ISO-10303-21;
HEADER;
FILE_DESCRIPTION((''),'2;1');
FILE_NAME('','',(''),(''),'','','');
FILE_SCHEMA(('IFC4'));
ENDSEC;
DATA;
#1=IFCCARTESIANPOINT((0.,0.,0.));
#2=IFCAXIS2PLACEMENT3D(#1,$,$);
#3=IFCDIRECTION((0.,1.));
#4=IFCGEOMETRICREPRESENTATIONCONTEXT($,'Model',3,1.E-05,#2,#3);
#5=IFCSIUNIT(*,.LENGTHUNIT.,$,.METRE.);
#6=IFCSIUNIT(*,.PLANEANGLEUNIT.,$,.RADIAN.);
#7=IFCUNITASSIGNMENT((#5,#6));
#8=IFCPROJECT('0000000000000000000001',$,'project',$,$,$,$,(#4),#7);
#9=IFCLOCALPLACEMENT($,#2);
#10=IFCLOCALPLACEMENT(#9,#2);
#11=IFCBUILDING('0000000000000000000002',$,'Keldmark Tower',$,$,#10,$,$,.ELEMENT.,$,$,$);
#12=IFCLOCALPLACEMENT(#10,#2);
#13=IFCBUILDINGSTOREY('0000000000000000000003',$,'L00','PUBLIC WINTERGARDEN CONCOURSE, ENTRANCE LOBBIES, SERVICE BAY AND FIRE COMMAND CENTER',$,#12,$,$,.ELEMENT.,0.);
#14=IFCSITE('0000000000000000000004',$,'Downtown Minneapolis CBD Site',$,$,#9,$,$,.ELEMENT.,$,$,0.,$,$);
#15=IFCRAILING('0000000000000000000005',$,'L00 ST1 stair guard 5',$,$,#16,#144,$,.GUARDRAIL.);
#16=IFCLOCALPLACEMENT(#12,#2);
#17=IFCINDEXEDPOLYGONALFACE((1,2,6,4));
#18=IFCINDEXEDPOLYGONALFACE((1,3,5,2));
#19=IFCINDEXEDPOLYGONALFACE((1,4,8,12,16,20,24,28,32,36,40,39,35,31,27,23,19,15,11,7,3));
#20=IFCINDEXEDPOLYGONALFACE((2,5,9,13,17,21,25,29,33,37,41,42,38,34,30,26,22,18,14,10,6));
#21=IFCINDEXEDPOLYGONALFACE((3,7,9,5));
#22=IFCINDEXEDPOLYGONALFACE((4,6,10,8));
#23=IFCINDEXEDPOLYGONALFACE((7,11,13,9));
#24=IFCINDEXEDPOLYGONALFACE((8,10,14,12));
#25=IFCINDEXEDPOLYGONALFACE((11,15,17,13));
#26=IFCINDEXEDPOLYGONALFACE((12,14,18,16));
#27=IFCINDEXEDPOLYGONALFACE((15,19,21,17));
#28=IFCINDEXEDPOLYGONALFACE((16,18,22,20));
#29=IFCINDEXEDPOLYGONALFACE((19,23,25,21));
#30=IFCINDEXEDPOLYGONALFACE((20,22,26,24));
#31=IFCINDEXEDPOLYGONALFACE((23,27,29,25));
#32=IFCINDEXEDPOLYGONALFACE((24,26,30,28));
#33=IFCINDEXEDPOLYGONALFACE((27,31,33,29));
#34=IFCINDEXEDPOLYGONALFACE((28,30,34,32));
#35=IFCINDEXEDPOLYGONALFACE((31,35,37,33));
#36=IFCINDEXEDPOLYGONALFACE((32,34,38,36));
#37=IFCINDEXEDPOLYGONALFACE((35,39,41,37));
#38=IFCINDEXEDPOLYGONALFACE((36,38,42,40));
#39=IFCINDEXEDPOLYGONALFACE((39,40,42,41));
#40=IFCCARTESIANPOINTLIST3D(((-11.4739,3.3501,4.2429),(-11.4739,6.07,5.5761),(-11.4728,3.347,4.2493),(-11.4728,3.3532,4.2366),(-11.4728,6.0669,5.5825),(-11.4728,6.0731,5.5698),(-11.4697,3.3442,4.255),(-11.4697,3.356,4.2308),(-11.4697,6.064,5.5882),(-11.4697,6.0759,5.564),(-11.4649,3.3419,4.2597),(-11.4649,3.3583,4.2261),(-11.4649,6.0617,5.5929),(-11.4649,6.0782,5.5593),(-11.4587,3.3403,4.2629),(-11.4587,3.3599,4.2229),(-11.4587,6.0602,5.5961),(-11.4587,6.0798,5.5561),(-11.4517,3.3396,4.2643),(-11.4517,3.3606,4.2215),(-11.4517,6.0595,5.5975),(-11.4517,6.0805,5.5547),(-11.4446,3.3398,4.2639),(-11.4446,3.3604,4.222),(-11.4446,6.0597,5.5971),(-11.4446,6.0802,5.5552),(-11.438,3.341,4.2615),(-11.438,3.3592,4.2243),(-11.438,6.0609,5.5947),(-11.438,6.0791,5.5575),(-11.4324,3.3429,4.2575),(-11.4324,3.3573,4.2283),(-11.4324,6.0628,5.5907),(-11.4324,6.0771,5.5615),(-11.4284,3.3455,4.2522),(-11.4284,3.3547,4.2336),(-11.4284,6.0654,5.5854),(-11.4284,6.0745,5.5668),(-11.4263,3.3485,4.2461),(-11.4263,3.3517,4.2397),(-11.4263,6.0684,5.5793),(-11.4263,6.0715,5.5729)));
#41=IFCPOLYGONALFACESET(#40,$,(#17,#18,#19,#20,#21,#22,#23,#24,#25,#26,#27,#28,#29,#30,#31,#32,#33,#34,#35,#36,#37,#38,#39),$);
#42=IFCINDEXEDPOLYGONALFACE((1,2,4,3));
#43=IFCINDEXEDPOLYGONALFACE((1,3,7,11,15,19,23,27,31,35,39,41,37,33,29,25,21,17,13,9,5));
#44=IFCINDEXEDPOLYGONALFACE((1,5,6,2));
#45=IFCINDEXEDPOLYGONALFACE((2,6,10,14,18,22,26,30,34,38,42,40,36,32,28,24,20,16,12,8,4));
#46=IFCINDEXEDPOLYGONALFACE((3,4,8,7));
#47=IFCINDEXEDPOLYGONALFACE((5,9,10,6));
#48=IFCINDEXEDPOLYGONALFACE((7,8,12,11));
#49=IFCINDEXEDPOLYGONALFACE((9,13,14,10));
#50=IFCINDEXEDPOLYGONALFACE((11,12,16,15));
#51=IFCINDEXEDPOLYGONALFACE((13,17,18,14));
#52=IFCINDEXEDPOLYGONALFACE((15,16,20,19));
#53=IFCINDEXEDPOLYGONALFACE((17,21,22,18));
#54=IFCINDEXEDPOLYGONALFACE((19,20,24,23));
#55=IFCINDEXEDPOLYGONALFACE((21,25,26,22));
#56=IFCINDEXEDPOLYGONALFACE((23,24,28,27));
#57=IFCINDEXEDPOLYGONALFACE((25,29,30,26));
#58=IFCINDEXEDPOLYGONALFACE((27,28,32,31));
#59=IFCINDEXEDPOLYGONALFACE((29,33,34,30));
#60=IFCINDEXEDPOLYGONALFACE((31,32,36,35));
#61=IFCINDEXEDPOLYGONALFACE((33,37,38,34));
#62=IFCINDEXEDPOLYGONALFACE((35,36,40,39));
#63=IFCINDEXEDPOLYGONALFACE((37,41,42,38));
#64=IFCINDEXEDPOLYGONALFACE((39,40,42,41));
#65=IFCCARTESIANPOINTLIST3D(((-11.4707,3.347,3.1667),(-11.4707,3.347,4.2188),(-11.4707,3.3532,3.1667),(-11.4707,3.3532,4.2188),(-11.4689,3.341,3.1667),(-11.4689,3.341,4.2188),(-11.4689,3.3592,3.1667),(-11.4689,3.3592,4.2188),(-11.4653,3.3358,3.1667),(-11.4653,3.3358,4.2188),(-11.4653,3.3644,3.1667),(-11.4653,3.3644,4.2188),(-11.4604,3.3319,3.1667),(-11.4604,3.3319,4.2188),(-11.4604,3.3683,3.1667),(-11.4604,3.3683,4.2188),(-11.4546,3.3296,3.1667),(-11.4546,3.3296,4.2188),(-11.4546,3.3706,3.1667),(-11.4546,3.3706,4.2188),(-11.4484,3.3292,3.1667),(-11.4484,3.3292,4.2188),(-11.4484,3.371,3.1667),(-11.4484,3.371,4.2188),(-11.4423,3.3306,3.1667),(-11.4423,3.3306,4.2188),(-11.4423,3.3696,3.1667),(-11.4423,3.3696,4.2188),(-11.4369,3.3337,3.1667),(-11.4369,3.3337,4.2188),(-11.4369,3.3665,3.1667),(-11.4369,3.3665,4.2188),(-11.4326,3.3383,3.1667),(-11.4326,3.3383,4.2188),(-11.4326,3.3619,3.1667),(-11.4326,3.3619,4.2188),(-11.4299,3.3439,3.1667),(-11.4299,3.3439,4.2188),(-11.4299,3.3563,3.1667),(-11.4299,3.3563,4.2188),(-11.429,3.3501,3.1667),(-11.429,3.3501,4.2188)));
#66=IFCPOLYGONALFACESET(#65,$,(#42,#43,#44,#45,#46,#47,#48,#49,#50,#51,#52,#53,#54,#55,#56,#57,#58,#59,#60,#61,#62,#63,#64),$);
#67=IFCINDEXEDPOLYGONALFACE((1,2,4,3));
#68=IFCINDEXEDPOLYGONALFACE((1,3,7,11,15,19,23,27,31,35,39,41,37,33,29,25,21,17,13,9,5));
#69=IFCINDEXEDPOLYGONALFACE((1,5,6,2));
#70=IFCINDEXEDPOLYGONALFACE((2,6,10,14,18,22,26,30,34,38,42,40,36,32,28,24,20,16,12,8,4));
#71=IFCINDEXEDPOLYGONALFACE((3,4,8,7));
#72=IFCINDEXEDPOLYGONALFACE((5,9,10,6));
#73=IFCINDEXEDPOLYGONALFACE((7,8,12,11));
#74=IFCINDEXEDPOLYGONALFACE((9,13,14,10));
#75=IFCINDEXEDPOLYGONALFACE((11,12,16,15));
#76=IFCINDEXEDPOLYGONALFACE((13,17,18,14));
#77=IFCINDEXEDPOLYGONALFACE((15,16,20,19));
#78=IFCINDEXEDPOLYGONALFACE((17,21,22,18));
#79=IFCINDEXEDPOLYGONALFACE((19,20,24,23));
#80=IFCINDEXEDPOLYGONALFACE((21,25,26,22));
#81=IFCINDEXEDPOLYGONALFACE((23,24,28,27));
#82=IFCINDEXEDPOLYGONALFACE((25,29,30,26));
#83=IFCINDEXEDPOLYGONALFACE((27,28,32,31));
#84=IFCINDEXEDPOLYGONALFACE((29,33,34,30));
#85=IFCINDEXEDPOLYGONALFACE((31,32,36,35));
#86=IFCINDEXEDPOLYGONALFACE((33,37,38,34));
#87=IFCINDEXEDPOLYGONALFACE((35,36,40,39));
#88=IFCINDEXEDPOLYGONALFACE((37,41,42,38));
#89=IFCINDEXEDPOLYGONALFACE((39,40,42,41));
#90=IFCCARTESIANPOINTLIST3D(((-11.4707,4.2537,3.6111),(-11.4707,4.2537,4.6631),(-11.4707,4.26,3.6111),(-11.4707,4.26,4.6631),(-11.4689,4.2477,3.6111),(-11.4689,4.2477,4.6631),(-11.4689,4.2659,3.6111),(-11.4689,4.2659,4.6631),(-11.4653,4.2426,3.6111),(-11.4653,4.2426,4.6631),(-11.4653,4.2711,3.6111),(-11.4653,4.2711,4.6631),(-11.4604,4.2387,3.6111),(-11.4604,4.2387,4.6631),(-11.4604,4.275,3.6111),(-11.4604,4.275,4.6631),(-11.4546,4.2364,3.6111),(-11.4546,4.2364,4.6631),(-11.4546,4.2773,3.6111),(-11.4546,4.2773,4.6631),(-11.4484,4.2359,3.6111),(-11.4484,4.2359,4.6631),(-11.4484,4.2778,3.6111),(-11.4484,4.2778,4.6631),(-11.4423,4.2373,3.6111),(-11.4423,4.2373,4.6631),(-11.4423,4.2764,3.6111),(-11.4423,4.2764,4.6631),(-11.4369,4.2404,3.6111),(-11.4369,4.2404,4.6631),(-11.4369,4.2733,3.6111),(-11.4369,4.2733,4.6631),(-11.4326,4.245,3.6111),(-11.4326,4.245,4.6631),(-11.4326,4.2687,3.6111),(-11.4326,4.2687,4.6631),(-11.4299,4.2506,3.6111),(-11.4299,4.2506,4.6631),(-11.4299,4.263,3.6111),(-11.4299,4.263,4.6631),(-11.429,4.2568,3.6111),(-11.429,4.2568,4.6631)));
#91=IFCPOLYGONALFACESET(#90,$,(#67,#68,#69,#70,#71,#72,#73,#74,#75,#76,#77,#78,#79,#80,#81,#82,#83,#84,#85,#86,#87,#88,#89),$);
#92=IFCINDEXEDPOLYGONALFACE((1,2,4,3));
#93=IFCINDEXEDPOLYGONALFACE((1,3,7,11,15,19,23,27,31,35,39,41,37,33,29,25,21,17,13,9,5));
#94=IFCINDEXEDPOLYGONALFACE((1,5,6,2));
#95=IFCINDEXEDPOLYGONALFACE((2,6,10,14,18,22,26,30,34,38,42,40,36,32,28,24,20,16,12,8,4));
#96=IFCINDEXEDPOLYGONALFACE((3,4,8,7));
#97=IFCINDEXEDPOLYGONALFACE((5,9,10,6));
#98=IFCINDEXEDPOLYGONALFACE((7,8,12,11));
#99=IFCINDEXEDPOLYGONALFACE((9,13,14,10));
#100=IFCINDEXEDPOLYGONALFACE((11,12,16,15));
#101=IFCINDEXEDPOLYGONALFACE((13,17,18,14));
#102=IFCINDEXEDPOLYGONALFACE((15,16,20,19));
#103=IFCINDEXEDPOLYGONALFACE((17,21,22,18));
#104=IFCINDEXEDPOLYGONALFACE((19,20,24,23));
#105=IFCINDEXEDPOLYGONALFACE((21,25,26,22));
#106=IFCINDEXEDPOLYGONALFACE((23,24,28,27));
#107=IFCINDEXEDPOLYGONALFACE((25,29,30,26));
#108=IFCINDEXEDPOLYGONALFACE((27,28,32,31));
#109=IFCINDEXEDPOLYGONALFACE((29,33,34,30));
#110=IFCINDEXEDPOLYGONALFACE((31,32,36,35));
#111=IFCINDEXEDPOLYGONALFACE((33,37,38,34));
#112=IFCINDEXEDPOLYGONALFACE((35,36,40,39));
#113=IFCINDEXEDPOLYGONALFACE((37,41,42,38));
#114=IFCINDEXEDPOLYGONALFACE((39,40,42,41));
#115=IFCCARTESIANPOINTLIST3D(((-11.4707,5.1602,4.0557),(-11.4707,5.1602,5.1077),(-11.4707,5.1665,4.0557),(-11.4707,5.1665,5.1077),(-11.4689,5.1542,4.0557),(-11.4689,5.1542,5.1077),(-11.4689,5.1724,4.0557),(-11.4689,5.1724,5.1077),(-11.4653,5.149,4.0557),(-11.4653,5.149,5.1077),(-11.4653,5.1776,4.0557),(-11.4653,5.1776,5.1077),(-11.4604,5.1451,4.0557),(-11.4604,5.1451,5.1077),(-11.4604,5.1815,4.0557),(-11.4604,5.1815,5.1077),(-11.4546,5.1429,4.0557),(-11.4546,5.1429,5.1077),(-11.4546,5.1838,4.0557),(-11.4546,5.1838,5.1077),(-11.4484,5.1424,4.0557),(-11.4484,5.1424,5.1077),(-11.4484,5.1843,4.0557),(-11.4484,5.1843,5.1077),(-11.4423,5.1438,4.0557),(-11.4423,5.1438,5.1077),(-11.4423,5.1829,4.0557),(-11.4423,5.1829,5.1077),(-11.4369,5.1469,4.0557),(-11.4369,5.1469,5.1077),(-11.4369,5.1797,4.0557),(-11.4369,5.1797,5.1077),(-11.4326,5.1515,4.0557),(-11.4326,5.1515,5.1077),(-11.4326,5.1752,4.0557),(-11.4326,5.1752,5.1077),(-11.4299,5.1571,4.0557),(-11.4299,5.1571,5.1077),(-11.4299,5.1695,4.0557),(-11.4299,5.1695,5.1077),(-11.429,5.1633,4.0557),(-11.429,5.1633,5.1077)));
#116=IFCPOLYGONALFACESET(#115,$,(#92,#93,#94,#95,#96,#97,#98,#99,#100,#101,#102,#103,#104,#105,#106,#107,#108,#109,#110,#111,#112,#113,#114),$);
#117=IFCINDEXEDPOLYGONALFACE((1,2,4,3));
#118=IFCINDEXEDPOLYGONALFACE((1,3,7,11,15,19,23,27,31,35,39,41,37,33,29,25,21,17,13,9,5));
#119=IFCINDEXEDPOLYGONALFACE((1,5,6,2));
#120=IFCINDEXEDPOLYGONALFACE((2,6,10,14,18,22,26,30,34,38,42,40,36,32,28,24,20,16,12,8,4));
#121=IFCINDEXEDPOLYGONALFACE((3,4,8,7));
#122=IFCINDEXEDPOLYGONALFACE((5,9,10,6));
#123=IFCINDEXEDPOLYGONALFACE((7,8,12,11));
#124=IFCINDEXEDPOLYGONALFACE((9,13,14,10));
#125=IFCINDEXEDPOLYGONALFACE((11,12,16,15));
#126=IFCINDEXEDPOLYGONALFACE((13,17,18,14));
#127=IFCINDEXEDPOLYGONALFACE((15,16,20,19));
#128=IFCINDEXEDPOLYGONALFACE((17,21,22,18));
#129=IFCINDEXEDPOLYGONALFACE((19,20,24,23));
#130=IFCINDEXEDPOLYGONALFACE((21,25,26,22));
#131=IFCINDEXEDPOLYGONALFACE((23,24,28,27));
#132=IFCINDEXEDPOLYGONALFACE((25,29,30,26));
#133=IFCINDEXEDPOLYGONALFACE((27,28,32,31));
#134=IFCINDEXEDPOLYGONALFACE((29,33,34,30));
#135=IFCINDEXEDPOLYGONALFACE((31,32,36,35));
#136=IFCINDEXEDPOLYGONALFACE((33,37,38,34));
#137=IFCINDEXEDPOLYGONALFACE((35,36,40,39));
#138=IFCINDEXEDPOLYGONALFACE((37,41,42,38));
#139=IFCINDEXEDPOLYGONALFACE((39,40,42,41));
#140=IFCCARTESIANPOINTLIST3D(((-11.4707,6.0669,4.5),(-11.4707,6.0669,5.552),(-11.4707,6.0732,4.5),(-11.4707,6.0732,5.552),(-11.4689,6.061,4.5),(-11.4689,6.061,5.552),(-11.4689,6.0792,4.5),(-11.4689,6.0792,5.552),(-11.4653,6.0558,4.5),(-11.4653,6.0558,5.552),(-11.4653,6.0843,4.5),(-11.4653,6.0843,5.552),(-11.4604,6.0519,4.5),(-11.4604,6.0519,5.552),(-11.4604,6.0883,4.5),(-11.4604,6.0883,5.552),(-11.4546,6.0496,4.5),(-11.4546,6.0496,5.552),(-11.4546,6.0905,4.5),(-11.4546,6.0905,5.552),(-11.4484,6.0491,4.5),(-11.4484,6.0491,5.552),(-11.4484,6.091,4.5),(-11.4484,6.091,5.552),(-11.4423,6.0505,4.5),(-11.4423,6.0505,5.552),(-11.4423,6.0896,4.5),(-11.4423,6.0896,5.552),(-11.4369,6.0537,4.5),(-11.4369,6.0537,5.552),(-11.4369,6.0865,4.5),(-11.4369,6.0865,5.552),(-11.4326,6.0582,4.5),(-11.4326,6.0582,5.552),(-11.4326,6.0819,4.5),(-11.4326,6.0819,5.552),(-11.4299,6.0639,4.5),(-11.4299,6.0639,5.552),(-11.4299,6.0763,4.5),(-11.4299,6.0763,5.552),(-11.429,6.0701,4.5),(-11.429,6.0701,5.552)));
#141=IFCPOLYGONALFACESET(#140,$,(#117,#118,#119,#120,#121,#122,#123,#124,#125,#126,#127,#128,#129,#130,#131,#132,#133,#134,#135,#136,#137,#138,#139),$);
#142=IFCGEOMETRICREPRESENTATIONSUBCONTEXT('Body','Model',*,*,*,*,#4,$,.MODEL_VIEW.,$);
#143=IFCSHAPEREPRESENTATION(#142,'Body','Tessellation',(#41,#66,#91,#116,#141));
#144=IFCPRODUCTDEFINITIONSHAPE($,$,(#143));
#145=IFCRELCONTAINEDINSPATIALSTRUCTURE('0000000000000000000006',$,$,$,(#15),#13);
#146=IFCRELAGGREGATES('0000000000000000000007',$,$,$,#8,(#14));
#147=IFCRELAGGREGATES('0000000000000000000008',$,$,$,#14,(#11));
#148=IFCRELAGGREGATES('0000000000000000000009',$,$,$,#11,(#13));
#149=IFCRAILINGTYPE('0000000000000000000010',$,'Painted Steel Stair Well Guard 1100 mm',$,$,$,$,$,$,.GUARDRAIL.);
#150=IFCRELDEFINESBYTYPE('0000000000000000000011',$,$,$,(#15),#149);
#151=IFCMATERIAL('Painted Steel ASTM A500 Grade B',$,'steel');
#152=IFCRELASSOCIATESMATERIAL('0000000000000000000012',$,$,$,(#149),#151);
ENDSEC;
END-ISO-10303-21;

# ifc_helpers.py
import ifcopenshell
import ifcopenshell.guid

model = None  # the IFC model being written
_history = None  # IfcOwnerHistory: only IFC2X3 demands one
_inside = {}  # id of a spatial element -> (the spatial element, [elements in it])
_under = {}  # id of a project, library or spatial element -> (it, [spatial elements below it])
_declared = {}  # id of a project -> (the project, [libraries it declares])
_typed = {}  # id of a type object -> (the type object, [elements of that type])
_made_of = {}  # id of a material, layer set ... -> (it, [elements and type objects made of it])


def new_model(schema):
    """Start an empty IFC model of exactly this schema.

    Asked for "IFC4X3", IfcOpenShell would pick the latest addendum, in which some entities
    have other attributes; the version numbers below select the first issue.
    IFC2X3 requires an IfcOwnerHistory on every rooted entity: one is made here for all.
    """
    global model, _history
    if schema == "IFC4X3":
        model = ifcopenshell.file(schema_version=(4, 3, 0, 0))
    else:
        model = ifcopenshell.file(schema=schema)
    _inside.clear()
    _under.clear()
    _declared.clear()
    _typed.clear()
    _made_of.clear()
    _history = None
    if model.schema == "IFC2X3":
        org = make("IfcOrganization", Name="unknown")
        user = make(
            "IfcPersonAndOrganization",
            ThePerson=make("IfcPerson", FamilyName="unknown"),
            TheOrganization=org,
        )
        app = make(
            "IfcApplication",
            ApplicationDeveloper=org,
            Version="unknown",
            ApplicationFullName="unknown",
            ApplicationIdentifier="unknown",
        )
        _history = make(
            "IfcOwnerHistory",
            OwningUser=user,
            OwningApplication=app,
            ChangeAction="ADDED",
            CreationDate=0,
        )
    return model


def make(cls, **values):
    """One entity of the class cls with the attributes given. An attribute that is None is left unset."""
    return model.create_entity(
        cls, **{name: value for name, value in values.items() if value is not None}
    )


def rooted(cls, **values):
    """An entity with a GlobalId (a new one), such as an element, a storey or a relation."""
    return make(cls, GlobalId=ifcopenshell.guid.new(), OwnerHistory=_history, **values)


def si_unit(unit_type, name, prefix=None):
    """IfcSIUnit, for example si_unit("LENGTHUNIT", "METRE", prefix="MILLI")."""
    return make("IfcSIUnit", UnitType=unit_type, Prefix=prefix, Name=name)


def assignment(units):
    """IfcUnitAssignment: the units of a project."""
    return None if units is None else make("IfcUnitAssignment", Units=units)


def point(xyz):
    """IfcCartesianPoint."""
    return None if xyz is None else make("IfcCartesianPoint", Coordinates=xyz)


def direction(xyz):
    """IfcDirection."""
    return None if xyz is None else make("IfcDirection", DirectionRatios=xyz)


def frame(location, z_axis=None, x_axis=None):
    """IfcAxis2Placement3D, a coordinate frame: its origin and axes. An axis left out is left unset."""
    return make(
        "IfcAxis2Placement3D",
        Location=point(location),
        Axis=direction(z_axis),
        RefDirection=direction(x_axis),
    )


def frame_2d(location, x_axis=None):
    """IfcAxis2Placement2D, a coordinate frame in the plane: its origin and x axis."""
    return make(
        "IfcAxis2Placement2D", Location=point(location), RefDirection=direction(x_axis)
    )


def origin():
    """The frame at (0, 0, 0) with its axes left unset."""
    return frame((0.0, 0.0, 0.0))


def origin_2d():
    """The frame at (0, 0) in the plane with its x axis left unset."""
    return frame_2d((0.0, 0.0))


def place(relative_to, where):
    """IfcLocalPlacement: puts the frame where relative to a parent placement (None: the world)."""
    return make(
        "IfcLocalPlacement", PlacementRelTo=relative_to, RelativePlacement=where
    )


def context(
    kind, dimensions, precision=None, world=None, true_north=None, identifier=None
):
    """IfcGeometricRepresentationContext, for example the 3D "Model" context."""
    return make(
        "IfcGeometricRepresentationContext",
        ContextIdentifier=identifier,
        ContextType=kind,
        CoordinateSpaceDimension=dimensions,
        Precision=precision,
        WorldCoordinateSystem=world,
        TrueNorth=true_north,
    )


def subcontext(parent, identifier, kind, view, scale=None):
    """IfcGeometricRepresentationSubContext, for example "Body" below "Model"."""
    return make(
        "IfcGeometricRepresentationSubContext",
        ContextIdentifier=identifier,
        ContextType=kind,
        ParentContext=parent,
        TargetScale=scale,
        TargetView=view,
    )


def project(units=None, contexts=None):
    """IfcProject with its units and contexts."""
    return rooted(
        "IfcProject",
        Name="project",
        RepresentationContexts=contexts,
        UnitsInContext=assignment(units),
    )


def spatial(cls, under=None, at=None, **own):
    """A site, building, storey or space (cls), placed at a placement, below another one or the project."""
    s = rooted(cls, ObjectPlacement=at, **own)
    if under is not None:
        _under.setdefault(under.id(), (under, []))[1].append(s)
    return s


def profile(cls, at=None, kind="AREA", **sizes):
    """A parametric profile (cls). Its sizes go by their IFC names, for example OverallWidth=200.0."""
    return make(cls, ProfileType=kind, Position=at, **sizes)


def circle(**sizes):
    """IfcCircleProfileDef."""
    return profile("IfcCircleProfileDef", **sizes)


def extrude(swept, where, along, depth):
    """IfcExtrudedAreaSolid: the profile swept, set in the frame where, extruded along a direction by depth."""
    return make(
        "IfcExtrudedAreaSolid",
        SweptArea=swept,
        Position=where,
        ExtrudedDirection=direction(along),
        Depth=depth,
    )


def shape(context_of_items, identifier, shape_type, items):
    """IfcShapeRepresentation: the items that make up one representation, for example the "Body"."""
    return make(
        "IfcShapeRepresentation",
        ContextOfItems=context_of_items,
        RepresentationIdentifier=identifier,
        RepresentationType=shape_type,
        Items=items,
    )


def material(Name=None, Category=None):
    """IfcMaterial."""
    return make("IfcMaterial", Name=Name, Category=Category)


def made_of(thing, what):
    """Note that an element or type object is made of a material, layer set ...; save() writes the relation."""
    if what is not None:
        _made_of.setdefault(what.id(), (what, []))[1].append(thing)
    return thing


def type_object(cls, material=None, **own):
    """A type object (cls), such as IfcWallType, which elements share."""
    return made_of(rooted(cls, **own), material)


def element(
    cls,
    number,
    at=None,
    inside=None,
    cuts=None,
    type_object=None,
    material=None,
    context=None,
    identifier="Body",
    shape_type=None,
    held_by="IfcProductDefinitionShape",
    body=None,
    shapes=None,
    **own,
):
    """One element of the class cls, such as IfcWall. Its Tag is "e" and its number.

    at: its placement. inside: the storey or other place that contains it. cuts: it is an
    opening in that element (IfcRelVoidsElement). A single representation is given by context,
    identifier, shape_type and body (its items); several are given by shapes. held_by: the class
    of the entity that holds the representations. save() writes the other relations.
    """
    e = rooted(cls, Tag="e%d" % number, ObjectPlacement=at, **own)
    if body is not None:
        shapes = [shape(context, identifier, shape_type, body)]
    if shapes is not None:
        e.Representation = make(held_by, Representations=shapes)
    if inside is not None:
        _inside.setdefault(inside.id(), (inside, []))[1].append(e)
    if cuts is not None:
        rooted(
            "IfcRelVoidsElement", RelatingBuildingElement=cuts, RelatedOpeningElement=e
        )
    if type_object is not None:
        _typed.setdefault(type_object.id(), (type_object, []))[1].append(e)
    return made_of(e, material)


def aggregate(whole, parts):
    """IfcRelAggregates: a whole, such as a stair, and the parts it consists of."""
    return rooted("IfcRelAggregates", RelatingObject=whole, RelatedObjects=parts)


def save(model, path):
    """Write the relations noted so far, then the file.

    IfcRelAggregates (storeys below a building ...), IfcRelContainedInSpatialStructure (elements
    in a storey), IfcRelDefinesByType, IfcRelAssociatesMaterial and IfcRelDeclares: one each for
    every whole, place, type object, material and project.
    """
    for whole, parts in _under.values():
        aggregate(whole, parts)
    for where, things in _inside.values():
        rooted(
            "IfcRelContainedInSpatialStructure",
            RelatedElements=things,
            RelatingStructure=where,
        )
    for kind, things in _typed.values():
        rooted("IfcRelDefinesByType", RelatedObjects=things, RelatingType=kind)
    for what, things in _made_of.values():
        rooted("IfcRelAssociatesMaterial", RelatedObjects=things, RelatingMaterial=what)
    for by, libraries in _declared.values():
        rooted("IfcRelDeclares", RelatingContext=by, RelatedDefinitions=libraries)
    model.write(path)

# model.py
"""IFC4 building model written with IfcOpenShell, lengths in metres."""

from ifc_helpers import new_model, si_unit, direction, frame, origin, origin_2d, place, context, subcontext, project, spatial, circle, extrude, material, type_object, element, save


model = new_model("IFC4")

# Units and contexts
model_context = context("Model", 3, precision=1e-05, world=origin(), true_north=direction((0.0, 1.0)))
body_context = subcontext(model_context, "Body", "Model", "MODEL_VIEW")
ifc_project = project(units=[si_unit("LENGTHUNIT", "METRE"), si_unit("PLANEANGLEUNIT", "RADIAN")], contexts=[model_context])

# Site, building, storey
site_placement = place(None, origin())
site = spatial("IfcSite", under=ifc_project, at=site_placement, Name="Downtown Minneapolis CBD Site", CompositionType="ELEMENT", RefElevation=0.0)
building_placement = place(site_placement, origin())
building = spatial("IfcBuilding", under=site, at=building_placement, Name="Keldmark Tower", CompositionType="ELEMENT")
storey_placement = place(building_placement, origin())
storey = spatial("IfcBuildingStorey", under=building, at=storey_placement, Name="L00", Description="PUBLIC WINTERGARDEN CONCOURSE, ENTRANCE LOBBIES, SERVICE BAY AND FIRE COMMAND CENTER", CompositionType="ELEMENT", Elevation=0.0)

# Railing
ifc_material_1 = material(Name="Painted Steel ASTM A500 Grade B", Category="steel")
railing_type_1 = type_object("IfcRailingType", Name="Painted Steel Stair Well Guard 1100 mm", PredefinedType="GUARDRAIL", material=ifc_material_1)
railing_1_placement = place(storey_placement, frame((-11.45, 3.3501, 3.1667)))
element("IfcRailing", 1, at=railing_1_placement, inside=storey, type_object=railing_type_1, Name="L00 ST1 stair guard 5", PredefinedType="GUARDRAIL", context=body_context, shape_type="SweptSolid", body=[
    extrude(circle(Radius=0.0239, at=origin_2d()), frame((0.0, 0.0, 1.0762), z_axis=(0.0, 0.897929, 0.440139), x_axis=(-1.0, 0.0, 0.0)), (0.0, 0.0, 1.0), 3.0291),
    extrude(circle(Radius=0.021, at=origin_2d()), origin(), (0.0, 0.0, 1.0), 1.052),
    extrude(circle(Radius=0.021, at=origin_2d()), frame((0.0, 0.9067, 0.4443)), (0.0, 0.0, 1.0), 1.052),
    extrude(circle(Radius=0.021, at=origin_2d()), frame((0.0, 1.8132, 0.8889)), (0.0, 0.0, 1.0), 1.052),
    extrude(circle(Radius=0.021, at=origin_2d()), frame((0.0, 2.72, 1.3333)), (0.0, 0.0, 1.0), 1.052),
])

save(model, "model.ifc")
